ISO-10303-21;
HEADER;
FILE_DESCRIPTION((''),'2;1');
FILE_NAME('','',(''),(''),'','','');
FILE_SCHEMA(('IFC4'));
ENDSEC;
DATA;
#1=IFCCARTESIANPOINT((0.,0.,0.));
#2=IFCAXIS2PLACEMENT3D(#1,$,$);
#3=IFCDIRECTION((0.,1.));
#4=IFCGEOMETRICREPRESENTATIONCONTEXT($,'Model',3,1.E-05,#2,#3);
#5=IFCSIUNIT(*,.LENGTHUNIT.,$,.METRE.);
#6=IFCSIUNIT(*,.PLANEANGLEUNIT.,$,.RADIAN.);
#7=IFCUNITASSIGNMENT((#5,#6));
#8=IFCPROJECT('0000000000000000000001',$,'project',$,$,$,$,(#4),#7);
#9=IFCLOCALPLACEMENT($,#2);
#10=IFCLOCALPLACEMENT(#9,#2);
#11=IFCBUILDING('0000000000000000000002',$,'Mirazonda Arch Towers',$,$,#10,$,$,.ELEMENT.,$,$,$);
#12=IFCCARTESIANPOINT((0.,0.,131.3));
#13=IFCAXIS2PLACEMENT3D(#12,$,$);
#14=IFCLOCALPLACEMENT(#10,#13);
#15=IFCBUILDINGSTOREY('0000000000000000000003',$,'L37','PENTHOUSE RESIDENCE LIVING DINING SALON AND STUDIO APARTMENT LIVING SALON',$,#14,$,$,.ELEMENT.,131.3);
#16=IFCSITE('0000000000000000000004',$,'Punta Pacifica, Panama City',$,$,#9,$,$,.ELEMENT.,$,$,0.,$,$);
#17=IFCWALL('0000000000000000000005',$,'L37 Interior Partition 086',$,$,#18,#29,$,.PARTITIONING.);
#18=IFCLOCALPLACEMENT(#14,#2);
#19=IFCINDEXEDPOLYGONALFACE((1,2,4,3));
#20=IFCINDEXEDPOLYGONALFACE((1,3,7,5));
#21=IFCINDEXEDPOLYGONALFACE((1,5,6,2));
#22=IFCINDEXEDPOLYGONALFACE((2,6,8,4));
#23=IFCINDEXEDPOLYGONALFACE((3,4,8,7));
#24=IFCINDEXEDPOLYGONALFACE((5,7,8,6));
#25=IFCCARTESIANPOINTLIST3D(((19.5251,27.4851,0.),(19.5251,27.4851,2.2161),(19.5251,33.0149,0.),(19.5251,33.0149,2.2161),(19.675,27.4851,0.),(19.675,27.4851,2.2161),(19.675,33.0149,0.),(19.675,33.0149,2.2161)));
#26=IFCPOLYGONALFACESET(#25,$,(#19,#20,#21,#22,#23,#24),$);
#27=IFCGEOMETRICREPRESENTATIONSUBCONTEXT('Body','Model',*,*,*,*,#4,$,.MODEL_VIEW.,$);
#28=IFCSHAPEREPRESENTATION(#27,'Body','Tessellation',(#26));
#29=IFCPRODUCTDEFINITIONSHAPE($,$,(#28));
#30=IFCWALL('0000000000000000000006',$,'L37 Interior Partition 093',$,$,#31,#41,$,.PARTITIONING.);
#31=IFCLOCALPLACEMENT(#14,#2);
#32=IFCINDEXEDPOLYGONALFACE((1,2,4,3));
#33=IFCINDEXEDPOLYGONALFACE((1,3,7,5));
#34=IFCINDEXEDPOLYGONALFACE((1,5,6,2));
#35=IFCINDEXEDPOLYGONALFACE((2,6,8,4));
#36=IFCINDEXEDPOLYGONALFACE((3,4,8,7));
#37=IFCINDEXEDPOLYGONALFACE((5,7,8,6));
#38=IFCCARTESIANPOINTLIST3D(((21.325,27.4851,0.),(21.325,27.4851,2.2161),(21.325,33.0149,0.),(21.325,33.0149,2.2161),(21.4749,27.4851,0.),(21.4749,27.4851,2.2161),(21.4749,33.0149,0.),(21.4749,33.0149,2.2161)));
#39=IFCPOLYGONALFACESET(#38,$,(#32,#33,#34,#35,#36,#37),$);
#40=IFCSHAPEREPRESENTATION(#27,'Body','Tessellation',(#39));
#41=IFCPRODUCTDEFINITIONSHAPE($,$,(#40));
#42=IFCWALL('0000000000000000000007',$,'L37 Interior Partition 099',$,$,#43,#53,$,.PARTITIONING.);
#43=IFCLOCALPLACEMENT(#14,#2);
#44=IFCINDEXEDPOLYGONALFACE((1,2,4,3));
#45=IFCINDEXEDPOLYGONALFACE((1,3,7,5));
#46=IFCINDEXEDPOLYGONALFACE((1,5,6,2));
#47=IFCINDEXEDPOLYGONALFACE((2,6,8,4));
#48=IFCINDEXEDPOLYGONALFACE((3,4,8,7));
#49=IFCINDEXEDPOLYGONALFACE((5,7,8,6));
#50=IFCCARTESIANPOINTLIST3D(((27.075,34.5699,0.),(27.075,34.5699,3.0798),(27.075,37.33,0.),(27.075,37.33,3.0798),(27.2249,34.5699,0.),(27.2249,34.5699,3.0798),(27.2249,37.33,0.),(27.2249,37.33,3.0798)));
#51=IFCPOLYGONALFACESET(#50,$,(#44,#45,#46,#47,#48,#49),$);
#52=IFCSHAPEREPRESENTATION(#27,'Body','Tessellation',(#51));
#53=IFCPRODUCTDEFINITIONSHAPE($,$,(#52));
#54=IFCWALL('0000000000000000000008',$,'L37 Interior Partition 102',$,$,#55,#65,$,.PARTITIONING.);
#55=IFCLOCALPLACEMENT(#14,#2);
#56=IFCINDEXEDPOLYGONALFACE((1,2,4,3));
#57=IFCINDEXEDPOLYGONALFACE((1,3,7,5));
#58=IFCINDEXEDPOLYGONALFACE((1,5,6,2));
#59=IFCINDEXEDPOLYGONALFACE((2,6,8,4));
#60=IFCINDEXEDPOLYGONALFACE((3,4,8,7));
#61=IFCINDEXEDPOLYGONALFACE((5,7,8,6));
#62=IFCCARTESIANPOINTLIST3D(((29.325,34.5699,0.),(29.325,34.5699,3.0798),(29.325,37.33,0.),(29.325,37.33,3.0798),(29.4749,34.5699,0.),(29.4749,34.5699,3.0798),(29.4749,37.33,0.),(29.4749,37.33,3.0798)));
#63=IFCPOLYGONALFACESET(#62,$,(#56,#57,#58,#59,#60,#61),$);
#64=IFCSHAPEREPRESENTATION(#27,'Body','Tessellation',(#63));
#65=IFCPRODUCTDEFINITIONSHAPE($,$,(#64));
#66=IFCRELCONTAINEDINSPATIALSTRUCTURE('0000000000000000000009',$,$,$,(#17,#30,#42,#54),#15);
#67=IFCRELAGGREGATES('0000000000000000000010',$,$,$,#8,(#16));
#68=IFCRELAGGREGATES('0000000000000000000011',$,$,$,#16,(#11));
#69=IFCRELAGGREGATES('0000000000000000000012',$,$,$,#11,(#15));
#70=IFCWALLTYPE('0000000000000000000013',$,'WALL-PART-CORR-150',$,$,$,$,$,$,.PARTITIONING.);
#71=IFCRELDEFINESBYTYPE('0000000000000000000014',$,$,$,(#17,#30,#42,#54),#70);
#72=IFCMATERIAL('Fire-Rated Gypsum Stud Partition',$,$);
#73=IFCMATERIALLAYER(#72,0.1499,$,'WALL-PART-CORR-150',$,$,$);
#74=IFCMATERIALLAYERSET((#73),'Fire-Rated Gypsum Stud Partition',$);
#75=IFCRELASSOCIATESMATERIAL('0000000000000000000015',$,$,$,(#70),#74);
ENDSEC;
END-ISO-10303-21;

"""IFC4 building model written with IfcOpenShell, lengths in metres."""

from ifc_helpers import new_model, si_unit, direction, frame, frame_2d, origin, place, context, subcontext, project, spatial, rectangle, extrude, material, layer, layer_set, type_object, element, save


model = new_model("IFC4")

# Units and contexts
model_context = context("Model", 3, precision=1e-05, world=origin(), true_north=direction((0.0, 1.0)))
body_context = subcontext(model_context, "Body", "Model", "MODEL_VIEW")
ifc_project = project(units=[si_unit("LENGTHUNIT", "METRE"), si_unit("PLANEANGLEUNIT", "RADIAN")], contexts=[model_context])

# Site, building, storey
site_placement = place(None, origin())
site = spatial("IfcSite", under=ifc_project, at=site_placement, Name="Punta Pacifica, Panama City", CompositionType="ELEMENT", RefElevation=0.0)
building_placement = place(site_placement, origin())
building = spatial("IfcBuilding", under=site, at=building_placement, Name="Mirazonda Arch Towers", CompositionType="ELEMENT")
storey_placement = place(building_placement, frame((0.0, 0.0, 131.3)))
storey = spatial("IfcBuildingStorey", under=building, at=storey_placement, Name="L37", Description="PENTHOUSE RESIDENCE LIVING DINING SALON AND STUDIO APARTMENT LIVING SALON", CompositionType="ELEMENT", Elevation=131.3)

# Shared definitions
ifc_material_1 = material(Name="Fire-Rated Gypsum Stud Partition")
ifc_layer_1 = layer(ifc_material_1, 0.1499, Name="WALL-PART-CORR-150")
ifc_layer_set_1 = layer_set([ifc_layer_1], Name="Fire-Rated Gypsum Stud Partition")
wall_type_1 = type_object("IfcWallType", Name="WALL-PART-CORR-150", PredefinedType="PARTITIONING", material=ifc_layer_set_1)

# Walls
for number, where, z_axis, x_axis, name in (
    (1, (19.6001, 27.4851, 0.0), (0.0, 0.0, 1.0), (0.0, 1.0, 0.0), "L37 Interior Partition 086"),
    (2, (21.3999, 27.4851, 0.0), (0.0, 0.0, 1.0), (0.0, 1.0, 0.0), "L37 Interior Partition 093"),
):
    element("IfcWall", number, at=place(storey_placement, frame(where, z_axis=z_axis, x_axis=x_axis)), inside=storey, type_object=wall_type_1, Name=name, PredefinedType="PARTITIONING", context=body_context, shape_type="SweptSolid", body=[
        extrude(rectangle(XDim=5.5298, YDim=0.1499, at=frame_2d((2.7649, 0.0))), origin(), (0.0, 0.0, 1.0), 2.2161),
    ])
for number, where, z_axis, x_axis, name in (
    (3, (27.1499, 34.5701, 0.0), (0.0, 0.0, 1.0), (0.0, 1.0, 0.0), "L37 Interior Partition 099"),
    (4, (29.3999, 34.5701, 0.0), (0.0, 0.0, 1.0), (0.0, 1.0, 0.0), "L37 Interior Partition 102"),
):
    element("IfcWall", number, at=place(storey_placement, frame(where, z_axis=z_axis, x_axis=x_axis)), inside=storey, type_object=wall_type_1, Name=name, PredefinedType="PARTITIONING", context=body_context, shape_type="SweptSolid", body=[
        extrude(rectangle(XDim=2.76, YDim=0.1499, at=frame_2d((1.3799, 0.0))), origin(), (0.0, 0.0, 1.0), 3.0798),
    ])

save(model, "model.ifc")
